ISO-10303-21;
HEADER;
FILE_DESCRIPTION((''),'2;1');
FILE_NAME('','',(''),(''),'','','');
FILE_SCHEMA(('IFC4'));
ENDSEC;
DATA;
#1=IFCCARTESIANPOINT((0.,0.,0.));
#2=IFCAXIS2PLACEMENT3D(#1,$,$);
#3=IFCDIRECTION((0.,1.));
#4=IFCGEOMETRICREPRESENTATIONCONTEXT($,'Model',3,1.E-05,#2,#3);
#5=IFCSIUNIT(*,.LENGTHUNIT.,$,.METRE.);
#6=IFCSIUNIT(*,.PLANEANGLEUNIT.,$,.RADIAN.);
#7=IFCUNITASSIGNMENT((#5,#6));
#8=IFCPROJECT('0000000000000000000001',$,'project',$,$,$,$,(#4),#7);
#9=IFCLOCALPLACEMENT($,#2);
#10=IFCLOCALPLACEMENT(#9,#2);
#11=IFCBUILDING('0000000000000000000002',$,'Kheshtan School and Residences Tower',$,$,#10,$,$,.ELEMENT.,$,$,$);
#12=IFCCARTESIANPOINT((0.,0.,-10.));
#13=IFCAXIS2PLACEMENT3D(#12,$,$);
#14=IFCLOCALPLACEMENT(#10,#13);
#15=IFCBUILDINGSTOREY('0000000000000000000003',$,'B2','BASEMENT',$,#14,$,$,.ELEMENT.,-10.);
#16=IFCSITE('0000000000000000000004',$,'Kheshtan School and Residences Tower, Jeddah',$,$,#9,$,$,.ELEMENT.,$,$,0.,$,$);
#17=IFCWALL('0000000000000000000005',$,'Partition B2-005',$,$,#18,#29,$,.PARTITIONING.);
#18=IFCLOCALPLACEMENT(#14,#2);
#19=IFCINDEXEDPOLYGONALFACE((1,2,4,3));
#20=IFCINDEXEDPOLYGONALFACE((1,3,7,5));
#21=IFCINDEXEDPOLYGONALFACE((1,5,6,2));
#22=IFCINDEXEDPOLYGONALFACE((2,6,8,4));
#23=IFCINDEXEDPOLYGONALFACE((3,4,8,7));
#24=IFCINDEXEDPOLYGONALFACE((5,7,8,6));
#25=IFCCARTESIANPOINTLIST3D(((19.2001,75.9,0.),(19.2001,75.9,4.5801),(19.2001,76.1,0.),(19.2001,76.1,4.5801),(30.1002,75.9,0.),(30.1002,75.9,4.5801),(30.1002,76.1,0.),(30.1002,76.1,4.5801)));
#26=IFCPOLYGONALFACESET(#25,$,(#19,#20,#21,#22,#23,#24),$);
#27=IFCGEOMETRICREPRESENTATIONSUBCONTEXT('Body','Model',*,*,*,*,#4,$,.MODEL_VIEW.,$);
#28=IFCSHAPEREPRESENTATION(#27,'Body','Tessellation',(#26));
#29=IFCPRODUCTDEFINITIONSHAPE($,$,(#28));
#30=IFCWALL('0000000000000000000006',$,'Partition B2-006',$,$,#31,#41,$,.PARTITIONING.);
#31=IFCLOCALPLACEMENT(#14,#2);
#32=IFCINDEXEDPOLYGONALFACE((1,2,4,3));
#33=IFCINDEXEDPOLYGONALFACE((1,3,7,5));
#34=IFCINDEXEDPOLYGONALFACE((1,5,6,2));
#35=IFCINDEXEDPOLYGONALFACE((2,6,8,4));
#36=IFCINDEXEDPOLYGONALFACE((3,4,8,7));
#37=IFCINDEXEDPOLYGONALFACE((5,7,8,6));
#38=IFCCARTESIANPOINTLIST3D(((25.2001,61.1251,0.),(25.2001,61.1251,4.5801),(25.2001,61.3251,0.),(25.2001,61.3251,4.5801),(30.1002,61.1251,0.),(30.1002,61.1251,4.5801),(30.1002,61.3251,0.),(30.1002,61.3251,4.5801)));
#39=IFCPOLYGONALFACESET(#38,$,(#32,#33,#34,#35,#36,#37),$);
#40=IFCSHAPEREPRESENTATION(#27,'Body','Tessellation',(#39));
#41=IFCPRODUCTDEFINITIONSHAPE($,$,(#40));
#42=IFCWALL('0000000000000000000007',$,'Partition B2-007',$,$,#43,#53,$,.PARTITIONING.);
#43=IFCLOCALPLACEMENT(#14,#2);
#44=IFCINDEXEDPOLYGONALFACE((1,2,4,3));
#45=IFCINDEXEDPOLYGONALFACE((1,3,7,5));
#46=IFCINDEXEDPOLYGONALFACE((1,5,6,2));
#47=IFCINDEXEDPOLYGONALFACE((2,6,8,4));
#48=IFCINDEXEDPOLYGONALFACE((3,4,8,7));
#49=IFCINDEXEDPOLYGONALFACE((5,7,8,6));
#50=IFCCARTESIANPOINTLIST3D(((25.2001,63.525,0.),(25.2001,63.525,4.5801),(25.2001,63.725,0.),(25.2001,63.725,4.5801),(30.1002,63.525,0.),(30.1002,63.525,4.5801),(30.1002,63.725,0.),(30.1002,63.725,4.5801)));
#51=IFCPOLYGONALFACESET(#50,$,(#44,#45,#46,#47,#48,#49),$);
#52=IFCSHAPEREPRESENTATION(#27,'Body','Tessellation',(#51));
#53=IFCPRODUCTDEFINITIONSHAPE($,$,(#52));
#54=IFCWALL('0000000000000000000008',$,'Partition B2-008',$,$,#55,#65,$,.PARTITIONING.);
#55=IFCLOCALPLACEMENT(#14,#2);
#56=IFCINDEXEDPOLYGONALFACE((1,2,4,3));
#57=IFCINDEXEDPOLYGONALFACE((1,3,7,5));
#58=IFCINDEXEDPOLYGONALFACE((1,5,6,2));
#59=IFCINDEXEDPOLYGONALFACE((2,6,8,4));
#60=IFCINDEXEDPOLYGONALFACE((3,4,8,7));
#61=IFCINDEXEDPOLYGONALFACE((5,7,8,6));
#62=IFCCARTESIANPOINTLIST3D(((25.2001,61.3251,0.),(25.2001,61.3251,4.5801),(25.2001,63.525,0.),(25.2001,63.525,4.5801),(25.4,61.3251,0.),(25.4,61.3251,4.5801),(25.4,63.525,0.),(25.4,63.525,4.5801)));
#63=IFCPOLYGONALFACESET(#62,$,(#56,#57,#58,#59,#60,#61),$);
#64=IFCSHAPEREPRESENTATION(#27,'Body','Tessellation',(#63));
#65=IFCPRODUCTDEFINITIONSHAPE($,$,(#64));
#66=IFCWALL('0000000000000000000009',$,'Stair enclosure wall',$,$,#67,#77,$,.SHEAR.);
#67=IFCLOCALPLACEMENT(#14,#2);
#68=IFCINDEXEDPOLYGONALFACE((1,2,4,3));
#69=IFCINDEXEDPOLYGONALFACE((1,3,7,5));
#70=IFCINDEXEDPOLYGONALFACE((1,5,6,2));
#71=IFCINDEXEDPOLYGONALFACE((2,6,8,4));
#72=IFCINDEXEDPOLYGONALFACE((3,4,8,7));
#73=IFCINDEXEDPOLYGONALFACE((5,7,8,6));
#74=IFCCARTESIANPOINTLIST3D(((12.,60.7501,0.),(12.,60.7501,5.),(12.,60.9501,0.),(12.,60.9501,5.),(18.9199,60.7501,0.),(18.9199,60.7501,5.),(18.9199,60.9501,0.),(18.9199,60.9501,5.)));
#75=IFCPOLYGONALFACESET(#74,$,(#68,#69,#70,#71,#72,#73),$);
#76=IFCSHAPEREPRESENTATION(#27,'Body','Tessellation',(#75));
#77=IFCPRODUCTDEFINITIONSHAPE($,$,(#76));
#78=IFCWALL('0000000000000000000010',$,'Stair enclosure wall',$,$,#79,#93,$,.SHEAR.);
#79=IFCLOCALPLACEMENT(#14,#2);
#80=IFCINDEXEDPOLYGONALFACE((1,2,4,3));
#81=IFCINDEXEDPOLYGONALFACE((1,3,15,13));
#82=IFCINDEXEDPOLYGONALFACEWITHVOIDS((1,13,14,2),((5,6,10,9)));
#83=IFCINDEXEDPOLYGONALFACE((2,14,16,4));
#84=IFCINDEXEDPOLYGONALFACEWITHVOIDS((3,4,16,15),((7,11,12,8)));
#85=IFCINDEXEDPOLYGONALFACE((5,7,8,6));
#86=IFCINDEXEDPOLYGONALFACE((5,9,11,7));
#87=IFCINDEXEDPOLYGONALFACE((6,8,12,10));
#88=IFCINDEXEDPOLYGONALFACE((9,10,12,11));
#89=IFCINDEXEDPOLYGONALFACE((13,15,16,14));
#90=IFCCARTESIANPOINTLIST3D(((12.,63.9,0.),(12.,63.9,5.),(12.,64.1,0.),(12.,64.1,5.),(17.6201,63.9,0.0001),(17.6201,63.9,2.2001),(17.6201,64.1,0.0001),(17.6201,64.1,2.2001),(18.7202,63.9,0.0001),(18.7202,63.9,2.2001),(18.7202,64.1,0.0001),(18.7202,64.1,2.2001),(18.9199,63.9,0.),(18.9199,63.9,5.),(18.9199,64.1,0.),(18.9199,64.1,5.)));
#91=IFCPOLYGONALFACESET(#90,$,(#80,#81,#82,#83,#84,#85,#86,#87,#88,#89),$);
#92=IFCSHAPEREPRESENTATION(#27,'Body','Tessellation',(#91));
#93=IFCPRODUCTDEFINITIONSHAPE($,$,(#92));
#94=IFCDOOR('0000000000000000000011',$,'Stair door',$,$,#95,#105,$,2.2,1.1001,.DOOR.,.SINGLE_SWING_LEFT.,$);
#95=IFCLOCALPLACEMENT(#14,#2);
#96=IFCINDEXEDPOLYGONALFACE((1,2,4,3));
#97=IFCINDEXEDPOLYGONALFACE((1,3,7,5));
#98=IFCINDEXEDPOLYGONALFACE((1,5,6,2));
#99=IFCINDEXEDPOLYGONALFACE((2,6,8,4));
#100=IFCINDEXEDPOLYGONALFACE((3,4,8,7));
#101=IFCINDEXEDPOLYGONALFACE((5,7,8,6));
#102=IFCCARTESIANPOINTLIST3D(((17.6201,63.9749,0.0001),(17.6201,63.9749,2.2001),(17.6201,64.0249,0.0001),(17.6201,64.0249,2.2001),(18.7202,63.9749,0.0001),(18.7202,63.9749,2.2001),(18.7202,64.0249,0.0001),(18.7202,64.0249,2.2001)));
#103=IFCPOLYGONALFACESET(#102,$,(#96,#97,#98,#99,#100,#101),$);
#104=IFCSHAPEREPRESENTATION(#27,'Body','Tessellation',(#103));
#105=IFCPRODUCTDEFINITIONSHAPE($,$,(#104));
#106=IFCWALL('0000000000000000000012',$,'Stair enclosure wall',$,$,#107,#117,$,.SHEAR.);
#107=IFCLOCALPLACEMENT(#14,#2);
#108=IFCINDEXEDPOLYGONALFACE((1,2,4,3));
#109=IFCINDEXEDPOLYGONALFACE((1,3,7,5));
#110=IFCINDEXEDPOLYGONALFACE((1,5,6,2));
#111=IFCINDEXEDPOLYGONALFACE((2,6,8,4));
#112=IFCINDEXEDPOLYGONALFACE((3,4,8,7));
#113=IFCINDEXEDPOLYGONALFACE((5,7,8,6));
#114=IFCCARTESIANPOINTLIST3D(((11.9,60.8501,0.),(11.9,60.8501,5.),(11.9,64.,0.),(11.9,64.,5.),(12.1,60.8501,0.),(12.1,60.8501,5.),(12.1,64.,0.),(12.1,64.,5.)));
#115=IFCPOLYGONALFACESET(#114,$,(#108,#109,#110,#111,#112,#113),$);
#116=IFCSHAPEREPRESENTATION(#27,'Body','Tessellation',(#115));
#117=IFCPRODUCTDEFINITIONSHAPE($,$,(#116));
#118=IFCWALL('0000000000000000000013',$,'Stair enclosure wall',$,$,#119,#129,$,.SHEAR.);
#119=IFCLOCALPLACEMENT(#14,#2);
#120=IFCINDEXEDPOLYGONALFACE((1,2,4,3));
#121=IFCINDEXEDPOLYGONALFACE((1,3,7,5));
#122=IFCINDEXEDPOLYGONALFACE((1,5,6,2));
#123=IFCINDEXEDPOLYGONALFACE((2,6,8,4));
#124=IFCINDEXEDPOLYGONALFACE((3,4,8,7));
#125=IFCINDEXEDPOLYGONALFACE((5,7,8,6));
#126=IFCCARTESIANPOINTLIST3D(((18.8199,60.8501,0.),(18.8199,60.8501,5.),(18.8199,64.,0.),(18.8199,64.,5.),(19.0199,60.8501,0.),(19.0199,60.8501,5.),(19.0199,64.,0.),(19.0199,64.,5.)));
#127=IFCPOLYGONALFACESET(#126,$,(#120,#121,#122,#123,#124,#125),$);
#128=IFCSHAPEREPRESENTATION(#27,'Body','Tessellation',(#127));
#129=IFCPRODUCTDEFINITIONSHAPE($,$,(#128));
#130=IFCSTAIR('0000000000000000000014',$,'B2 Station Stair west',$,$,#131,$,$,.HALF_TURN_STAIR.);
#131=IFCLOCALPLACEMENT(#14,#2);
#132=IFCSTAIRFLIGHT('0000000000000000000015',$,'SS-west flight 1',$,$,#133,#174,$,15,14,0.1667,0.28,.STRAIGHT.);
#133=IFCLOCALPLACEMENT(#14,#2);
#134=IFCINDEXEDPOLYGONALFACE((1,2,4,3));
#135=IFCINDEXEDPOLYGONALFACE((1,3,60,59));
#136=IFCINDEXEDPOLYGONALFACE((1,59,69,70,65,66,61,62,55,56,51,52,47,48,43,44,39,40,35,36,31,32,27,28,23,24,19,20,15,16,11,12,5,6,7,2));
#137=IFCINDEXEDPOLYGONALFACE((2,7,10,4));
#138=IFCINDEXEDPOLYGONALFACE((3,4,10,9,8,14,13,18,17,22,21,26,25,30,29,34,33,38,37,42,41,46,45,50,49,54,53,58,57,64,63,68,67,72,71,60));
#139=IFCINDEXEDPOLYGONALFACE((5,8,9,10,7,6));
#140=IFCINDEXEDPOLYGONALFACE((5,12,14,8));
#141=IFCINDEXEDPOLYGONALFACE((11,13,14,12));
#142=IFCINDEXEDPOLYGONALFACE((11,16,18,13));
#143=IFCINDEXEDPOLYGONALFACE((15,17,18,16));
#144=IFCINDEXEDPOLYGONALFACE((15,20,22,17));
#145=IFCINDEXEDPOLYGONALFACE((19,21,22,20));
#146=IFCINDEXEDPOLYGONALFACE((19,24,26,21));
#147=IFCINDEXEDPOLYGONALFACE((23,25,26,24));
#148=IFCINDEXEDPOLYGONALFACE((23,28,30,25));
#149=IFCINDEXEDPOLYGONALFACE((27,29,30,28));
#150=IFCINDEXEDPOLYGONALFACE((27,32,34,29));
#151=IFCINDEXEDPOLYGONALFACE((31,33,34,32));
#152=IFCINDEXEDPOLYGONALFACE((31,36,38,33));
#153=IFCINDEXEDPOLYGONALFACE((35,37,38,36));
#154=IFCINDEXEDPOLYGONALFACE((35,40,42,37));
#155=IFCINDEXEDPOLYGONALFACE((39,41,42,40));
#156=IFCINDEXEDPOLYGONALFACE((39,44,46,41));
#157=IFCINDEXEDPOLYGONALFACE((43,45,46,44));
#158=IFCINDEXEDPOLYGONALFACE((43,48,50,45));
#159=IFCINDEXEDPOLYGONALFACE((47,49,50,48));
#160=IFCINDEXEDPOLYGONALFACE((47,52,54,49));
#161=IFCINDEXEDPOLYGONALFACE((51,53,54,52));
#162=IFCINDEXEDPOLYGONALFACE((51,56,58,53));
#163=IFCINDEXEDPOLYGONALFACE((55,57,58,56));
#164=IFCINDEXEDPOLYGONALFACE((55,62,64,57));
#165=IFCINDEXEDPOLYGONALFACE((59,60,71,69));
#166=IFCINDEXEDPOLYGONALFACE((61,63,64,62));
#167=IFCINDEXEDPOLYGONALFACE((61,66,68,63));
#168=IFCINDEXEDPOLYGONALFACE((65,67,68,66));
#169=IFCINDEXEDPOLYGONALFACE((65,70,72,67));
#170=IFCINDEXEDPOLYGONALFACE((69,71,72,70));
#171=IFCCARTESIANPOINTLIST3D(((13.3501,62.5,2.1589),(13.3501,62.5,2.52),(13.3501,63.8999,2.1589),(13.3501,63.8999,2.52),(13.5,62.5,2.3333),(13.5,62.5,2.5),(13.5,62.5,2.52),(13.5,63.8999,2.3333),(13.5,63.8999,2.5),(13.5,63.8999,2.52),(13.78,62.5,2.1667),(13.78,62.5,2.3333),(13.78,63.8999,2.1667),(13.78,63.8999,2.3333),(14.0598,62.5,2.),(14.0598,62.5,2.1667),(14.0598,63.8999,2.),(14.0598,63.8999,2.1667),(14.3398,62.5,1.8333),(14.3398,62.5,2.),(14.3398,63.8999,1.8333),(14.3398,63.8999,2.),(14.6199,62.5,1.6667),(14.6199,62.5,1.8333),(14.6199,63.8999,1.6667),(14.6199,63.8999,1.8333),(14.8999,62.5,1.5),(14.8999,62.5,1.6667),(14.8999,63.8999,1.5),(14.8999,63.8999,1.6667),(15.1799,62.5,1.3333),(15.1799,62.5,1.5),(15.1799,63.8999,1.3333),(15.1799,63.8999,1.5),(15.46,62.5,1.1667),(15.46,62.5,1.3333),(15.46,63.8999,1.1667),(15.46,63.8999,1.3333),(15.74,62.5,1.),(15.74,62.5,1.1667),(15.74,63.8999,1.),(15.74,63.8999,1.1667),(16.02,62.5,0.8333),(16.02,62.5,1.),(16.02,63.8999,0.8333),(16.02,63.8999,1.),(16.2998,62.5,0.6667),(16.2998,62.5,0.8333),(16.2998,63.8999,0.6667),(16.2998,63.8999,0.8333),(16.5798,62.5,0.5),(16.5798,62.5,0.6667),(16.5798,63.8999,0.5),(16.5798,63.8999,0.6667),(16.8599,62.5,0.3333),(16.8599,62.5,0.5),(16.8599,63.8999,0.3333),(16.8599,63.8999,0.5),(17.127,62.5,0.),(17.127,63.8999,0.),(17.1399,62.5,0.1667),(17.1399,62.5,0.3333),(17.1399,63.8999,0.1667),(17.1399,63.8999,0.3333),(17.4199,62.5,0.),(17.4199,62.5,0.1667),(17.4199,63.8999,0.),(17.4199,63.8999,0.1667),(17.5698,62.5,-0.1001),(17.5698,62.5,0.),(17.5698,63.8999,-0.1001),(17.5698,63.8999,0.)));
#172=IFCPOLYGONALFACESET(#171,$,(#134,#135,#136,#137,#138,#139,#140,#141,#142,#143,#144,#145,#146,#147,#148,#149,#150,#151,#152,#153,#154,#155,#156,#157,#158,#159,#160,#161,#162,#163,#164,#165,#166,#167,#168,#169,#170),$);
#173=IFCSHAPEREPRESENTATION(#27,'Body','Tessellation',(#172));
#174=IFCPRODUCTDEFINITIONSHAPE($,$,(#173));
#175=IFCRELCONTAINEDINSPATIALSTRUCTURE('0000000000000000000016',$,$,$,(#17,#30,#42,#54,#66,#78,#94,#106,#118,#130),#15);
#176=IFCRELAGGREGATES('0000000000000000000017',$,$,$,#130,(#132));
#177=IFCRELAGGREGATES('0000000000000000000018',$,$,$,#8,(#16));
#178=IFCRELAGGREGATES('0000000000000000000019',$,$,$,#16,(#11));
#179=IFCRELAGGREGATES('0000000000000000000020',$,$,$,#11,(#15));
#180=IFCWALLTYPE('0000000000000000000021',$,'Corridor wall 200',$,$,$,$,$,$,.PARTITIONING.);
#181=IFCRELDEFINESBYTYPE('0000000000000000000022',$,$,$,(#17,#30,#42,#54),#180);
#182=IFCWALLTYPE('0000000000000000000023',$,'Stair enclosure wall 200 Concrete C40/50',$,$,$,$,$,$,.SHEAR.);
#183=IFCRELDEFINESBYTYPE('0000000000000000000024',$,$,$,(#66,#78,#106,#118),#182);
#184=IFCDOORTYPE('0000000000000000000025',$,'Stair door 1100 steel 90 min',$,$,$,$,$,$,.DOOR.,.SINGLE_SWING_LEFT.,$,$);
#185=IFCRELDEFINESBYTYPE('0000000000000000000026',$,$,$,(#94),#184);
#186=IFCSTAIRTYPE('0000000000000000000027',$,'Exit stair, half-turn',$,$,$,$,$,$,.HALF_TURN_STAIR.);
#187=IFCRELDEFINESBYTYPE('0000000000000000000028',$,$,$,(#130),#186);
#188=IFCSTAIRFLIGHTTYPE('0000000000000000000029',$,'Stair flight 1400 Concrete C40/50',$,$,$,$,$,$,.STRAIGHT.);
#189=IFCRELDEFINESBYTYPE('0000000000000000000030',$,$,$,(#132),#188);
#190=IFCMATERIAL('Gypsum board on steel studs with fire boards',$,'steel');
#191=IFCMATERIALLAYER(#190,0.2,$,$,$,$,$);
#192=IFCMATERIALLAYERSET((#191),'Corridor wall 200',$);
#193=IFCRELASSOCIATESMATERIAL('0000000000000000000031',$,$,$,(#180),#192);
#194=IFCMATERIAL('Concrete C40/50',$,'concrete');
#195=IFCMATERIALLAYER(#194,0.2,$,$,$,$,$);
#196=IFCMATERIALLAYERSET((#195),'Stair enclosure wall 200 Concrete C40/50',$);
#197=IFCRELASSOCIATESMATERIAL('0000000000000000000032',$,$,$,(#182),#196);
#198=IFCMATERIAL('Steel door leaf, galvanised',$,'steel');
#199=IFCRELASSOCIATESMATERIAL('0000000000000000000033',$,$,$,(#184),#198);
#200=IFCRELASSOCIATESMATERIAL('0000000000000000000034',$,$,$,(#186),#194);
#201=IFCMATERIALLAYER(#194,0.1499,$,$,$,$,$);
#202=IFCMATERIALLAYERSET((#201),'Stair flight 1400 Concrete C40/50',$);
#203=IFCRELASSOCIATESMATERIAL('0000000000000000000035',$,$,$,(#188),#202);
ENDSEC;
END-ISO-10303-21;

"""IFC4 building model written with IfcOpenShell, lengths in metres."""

from ifc_helpers import new_model, si_unit, direction, frame, frame_2d, origin, place, context, subcontext, project, spatial, polyline, rectangle, outline, extrude, source, transform, mapped, material, layer, layer_set, type_object, element, fill, aggregate, save


model = new_model("IFC4")

# Units and contexts
model_context = context("Model", 3, precision=1e-05, world=origin(), true_north=direction((0.0, 1.0)))
body_context = subcontext(model_context, "Body", "Model", "MODEL_VIEW")
ifc_project = project(units=[si_unit("LENGTHUNIT", "METRE"), si_unit("PLANEANGLEUNIT", "RADIAN")], contexts=[model_context])

# Site, building, storey
site_placement = place(None, origin())
site = spatial("IfcSite", under=ifc_project, at=site_placement, Name="Kheshtan School and Residences Tower, Jeddah", CompositionType="ELEMENT", RefElevation=0.0)
building_placement = place(site_placement, origin())
building = spatial("IfcBuilding", under=site, at=building_placement, Name="Kheshtan School and Residences Tower", CompositionType="ELEMENT")
storey_placement = place(building_placement, frame((0.0, 0.0, -10.0)))
storey = spatial("IfcBuildingStorey", under=building, at=storey_placement, Name="B2", Description="BASEMENT", CompositionType="ELEMENT", Elevation=-10.0)

# Walls
ifc_material_1 = material(Name="Gypsum board on steel studs with fire boards", Category="steel")
ifc_layer_1 = layer(ifc_material_1, 0.2)
ifc_layer_set_1 = layer_set([ifc_layer_1], Name="Corridor wall 200")
wall_type_1 = type_object("IfcWallType", Name="Corridor wall 200", PredefinedType="PARTITIONING", material=ifc_layer_set_1)
wall_1_placement = place(storey_placement, frame((19.2, 76.0, 0.0), z_axis=(0.0, 0.0, 1.0), x_axis=(1.0, 0.0, 0.0)))
element("IfcWall", 1, at=wall_1_placement, inside=storey, type_object=wall_type_1, Name="Partition B2-005", PredefinedType="PARTITIONING", context=body_context, shape_type="SweptSolid", body=[
    extrude(rectangle(XDim=10.9001, YDim=0.2, at=frame_2d((5.4502, 0.0))), origin(), (0.0, 0.0, 1.0), 4.5801),
])
for number, where, z_axis, x_axis, name in (
    (2, (25.2, 61.2251, 0.0), (0.0, 0.0, 1.0), (1.0, 0.0, 0.0), "Partition B2-006"),
    (3, (25.2, 63.625, 0.0), (0.0, 0.0, 1.0), (1.0, 0.0, 0.0), "Partition B2-007"),
):
    element("IfcWall", number, at=place(storey_placement, frame(where, z_axis=z_axis, x_axis=x_axis)), inside=storey, type_object=wall_type_1, Name=name, PredefinedType="PARTITIONING", context=body_context, shape_type="SweptSolid", body=[
        extrude(rectangle(XDim=4.9001, YDim=0.2, at=frame_2d((2.4502, 0.0))), origin(), (0.0, 0.0, 1.0), 4.5801),
    ])
wall_2_placement = place(storey_placement, frame((25.3, 61.325, 0.0), z_axis=(0.0, 0.0, 1.0), x_axis=(0.0, 1.0, 0.0)))
element("IfcWall", 4, at=wall_2_placement, inside=storey, type_object=wall_type_1, Name="Partition B2-008", PredefinedType="PARTITIONING", context=body_context, shape_type="SweptSolid", body=[
    extrude(rectangle(XDim=2.2, YDim=0.2, at=frame_2d((1.1001, 0.0))), origin(), (0.0, 0.0, 1.0), 4.5801),
])
ifc_material_2 = material(Name="Concrete C40/50", Category="concrete")
ifc_layer_2 = layer(ifc_material_2, 0.2)
ifc_layer_set_2 = layer_set([ifc_layer_2], Name="Stair enclosure wall 200 Concrete C40/50")
wall_type_2 = type_object("IfcWallType", Name="Stair enclosure wall 200 Concrete C40/50", PredefinedType="SHEAR", material=ifc_layer_set_2)
wall_3_placement = place(storey_placement, frame((12.0, 60.8501, 0.0), z_axis=(0.0, 0.0, 1.0), x_axis=(1.0, 0.0, 0.0)))
element("IfcWall", 5, at=wall_3_placement, inside=storey, type_object=wall_type_2, Name="Stair enclosure wall", PredefinedType="SHEAR", context=body_context, shape_type="SweptSolid", body=[
    extrude(rectangle(XDim=6.9199, YDim=0.2, at=frame_2d((3.46, 0.0))), origin(), (0.0, 0.0, 1.0), 5.0),
])

# Wall, opening, door
wall_4_placement = place(storey_placement, frame((12.0, 64.0, 0.0), z_axis=(0.0, 0.0, 1.0), x_axis=(1.0, 0.0, 0.0)))
wall_4 = element("IfcWall", 6, at=wall_4_placement, inside=storey, type_object=wall_type_2, Name="Stair enclosure wall", PredefinedType="SHEAR", context=body_context, shape_type="SweptSolid", body=[
    extrude(rectangle(XDim=6.9199, YDim=0.2, at=frame_2d((3.46, 0.0))), origin(), (0.0, 0.0, 1.0), 5.0),
])
opening_placement = place(wall_4_placement, frame((5.6201, 0.0, 0.0)))
opening = element("IfcOpeningElement", 7, at=opening_placement, cuts=wall_4, PredefinedType="OPENING", context=body_context, shape_type="SweptSolid", body=[
    extrude(rectangle(XDim=1.1001, YDim=2.2, at=frame_2d((0.55, 1.1001))), frame((0.0, 0.1099, 0.0), z_axis=(0.0, -1.0, 0.0), x_axis=(1.0, 0.0, 0.0)), (0.0, 0.0, 1.0), 0.22),
])
ifc_material_3 = material(Name="Steel door leaf, galvanised", Category="steel")
door_type = type_object("IfcDoorType", Name="Stair door 1100 steel 90 min", OperationType="SINGLE_SWING_LEFT", PredefinedType="DOOR", material=ifc_material_3)
shared_shape = source(origin(), body_context, "Body", "SweptSolid", [
    extrude(rectangle(XDim=1.1001, YDim=2.2, at=frame_2d((0.55, 1.1001))), frame((0.0, 0.0249, 0.0), z_axis=(0.0, -1.0, 0.0), x_axis=(1.0, 0.0, 0.0)), (0.0, 0.0, 1.0), 0.05),
])
door_placement = place(opening_placement, origin())
door = element("IfcDoor", 8, at=door_placement, inside=storey, type_object=door_type, Name="Stair door", OperationType="SINGLE_SWING_LEFT", OverallHeight=2.2, OverallWidth=1.1001, PredefinedType="DOOR", context=body_context, shape_type="MappedRepresentation", body=[
    mapped(shared_shape, transform((0.0, 0.0, 0.0), x_axis=(1.0, 0.0, 0.0), y_axis=(0.0, 1.0, 0.0), z_axis=(0.0, 0.0, 1.0), scale=1.0)),
])
fill(opening, door)

# Walls
for number, where, z_axis, x_axis, name in (
    (9, (12.0, 60.8501, 0.0), (0.0, 0.0, 1.0), (0.0, 1.0, 0.0), "Stair enclosure wall"),
    (10, (18.9199, 60.8501, 0.0), (0.0, 0.0, 1.0), (0.0, 1.0, 0.0), "Stair enclosure wall"),
):
    element("IfcWall", number, at=place(storey_placement, frame(where, z_axis=z_axis, x_axis=x_axis)), inside=storey, type_object=wall_type_2, Name=name, PredefinedType="SHEAR", context=body_context, shape_type="SweptSolid", body=[
        extrude(rectangle(XDim=3.1499, YDim=0.2, at=frame_2d((1.575, 0.0))), origin(), (0.0, 0.0, 1.0), 5.0),
    ])

# Stair, stair flight
stair_type = type_object("IfcStairType", Name="Exit stair, half-turn", PredefinedType="HALF_TURN_STAIR", material=ifc_material_2)
stair_placement = place(storey_placement, origin())
stair = element("IfcStair", 11, at=stair_placement, inside=storey, type_object=stair_type, Name="B2 Station Stair west", PredefinedType="HALF_TURN_STAIR")
ifc_layer_3 = layer(ifc_material_2, 0.1499)
ifc_layer_set_3 = layer_set([ifc_layer_3], Name="Stair flight 1400 Concrete C40/50")
stair_flight_type = type_object("IfcStairFlightType", Name="Stair flight 1400 Concrete C40/50", PredefinedType="STRAIGHT", material=ifc_layer_set_3)
stair_flight_1_placement = place(storey_placement, frame((17.4199, 63.2, 0.0), z_axis=(0.0, 0.0, 1.0), x_axis=(-1.0, 0.0, 0.0)))
stair_flight_1 = element("IfcStairFlight", 12, at=stair_flight_1_placement, type_object=stair_flight_type, Name="SS-west flight 1", NumberOfRisers=15, NumberOfTreads=14, PredefinedType="STRAIGHT", RiserHeight=0.1667, TreadLength=0.28, context=body_context, shape_type="SweptSolid", body=[
    extrude(outline(polyline([(-0.1499, -0.1001), (-0.1499, 0.0), (0.0, 0.0), (0.0, 0.1667), (0.28, 0.1667), (0.28, 0.3333), (0.5601, 0.3333), (0.5601, 0.5), (0.8401, 0.5), (0.8401, 0.6667), (1.1201, 0.6667), (1.1201, 0.8333), (1.3999, 0.8333), (1.3999, 1.0), (1.6799, 1.0), (1.6799, 1.1667), (1.96, 1.1667), (1.96, 1.3333), (2.24, 1.3333), (2.24, 1.5), (2.52, 1.5), (2.52, 1.6667), (2.8, 1.6667), (2.8, 1.8333), (3.0801, 1.8333), (3.0801, 2.0), (3.3601, 2.0), (3.3601, 2.1667), (3.6399, 2.1667), (3.6399, 2.3333), (3.9199, 2.3333), (3.9199, 2.5), (3.9199, 2.52), (4.0698, 2.52), (4.0698, 2.1589), (0.293, 0.0), (-0.1499, -0.1001)])), frame((0.0, 0.7, 0.0), z_axis=(0.0, -1.0, 0.0), x_axis=(1.0, 0.0, 0.0)), (0.0, 0.0, 1.0), 1.3999),
])
aggregate(stair, [stair_flight_1])

save(model, "model.ifc")
